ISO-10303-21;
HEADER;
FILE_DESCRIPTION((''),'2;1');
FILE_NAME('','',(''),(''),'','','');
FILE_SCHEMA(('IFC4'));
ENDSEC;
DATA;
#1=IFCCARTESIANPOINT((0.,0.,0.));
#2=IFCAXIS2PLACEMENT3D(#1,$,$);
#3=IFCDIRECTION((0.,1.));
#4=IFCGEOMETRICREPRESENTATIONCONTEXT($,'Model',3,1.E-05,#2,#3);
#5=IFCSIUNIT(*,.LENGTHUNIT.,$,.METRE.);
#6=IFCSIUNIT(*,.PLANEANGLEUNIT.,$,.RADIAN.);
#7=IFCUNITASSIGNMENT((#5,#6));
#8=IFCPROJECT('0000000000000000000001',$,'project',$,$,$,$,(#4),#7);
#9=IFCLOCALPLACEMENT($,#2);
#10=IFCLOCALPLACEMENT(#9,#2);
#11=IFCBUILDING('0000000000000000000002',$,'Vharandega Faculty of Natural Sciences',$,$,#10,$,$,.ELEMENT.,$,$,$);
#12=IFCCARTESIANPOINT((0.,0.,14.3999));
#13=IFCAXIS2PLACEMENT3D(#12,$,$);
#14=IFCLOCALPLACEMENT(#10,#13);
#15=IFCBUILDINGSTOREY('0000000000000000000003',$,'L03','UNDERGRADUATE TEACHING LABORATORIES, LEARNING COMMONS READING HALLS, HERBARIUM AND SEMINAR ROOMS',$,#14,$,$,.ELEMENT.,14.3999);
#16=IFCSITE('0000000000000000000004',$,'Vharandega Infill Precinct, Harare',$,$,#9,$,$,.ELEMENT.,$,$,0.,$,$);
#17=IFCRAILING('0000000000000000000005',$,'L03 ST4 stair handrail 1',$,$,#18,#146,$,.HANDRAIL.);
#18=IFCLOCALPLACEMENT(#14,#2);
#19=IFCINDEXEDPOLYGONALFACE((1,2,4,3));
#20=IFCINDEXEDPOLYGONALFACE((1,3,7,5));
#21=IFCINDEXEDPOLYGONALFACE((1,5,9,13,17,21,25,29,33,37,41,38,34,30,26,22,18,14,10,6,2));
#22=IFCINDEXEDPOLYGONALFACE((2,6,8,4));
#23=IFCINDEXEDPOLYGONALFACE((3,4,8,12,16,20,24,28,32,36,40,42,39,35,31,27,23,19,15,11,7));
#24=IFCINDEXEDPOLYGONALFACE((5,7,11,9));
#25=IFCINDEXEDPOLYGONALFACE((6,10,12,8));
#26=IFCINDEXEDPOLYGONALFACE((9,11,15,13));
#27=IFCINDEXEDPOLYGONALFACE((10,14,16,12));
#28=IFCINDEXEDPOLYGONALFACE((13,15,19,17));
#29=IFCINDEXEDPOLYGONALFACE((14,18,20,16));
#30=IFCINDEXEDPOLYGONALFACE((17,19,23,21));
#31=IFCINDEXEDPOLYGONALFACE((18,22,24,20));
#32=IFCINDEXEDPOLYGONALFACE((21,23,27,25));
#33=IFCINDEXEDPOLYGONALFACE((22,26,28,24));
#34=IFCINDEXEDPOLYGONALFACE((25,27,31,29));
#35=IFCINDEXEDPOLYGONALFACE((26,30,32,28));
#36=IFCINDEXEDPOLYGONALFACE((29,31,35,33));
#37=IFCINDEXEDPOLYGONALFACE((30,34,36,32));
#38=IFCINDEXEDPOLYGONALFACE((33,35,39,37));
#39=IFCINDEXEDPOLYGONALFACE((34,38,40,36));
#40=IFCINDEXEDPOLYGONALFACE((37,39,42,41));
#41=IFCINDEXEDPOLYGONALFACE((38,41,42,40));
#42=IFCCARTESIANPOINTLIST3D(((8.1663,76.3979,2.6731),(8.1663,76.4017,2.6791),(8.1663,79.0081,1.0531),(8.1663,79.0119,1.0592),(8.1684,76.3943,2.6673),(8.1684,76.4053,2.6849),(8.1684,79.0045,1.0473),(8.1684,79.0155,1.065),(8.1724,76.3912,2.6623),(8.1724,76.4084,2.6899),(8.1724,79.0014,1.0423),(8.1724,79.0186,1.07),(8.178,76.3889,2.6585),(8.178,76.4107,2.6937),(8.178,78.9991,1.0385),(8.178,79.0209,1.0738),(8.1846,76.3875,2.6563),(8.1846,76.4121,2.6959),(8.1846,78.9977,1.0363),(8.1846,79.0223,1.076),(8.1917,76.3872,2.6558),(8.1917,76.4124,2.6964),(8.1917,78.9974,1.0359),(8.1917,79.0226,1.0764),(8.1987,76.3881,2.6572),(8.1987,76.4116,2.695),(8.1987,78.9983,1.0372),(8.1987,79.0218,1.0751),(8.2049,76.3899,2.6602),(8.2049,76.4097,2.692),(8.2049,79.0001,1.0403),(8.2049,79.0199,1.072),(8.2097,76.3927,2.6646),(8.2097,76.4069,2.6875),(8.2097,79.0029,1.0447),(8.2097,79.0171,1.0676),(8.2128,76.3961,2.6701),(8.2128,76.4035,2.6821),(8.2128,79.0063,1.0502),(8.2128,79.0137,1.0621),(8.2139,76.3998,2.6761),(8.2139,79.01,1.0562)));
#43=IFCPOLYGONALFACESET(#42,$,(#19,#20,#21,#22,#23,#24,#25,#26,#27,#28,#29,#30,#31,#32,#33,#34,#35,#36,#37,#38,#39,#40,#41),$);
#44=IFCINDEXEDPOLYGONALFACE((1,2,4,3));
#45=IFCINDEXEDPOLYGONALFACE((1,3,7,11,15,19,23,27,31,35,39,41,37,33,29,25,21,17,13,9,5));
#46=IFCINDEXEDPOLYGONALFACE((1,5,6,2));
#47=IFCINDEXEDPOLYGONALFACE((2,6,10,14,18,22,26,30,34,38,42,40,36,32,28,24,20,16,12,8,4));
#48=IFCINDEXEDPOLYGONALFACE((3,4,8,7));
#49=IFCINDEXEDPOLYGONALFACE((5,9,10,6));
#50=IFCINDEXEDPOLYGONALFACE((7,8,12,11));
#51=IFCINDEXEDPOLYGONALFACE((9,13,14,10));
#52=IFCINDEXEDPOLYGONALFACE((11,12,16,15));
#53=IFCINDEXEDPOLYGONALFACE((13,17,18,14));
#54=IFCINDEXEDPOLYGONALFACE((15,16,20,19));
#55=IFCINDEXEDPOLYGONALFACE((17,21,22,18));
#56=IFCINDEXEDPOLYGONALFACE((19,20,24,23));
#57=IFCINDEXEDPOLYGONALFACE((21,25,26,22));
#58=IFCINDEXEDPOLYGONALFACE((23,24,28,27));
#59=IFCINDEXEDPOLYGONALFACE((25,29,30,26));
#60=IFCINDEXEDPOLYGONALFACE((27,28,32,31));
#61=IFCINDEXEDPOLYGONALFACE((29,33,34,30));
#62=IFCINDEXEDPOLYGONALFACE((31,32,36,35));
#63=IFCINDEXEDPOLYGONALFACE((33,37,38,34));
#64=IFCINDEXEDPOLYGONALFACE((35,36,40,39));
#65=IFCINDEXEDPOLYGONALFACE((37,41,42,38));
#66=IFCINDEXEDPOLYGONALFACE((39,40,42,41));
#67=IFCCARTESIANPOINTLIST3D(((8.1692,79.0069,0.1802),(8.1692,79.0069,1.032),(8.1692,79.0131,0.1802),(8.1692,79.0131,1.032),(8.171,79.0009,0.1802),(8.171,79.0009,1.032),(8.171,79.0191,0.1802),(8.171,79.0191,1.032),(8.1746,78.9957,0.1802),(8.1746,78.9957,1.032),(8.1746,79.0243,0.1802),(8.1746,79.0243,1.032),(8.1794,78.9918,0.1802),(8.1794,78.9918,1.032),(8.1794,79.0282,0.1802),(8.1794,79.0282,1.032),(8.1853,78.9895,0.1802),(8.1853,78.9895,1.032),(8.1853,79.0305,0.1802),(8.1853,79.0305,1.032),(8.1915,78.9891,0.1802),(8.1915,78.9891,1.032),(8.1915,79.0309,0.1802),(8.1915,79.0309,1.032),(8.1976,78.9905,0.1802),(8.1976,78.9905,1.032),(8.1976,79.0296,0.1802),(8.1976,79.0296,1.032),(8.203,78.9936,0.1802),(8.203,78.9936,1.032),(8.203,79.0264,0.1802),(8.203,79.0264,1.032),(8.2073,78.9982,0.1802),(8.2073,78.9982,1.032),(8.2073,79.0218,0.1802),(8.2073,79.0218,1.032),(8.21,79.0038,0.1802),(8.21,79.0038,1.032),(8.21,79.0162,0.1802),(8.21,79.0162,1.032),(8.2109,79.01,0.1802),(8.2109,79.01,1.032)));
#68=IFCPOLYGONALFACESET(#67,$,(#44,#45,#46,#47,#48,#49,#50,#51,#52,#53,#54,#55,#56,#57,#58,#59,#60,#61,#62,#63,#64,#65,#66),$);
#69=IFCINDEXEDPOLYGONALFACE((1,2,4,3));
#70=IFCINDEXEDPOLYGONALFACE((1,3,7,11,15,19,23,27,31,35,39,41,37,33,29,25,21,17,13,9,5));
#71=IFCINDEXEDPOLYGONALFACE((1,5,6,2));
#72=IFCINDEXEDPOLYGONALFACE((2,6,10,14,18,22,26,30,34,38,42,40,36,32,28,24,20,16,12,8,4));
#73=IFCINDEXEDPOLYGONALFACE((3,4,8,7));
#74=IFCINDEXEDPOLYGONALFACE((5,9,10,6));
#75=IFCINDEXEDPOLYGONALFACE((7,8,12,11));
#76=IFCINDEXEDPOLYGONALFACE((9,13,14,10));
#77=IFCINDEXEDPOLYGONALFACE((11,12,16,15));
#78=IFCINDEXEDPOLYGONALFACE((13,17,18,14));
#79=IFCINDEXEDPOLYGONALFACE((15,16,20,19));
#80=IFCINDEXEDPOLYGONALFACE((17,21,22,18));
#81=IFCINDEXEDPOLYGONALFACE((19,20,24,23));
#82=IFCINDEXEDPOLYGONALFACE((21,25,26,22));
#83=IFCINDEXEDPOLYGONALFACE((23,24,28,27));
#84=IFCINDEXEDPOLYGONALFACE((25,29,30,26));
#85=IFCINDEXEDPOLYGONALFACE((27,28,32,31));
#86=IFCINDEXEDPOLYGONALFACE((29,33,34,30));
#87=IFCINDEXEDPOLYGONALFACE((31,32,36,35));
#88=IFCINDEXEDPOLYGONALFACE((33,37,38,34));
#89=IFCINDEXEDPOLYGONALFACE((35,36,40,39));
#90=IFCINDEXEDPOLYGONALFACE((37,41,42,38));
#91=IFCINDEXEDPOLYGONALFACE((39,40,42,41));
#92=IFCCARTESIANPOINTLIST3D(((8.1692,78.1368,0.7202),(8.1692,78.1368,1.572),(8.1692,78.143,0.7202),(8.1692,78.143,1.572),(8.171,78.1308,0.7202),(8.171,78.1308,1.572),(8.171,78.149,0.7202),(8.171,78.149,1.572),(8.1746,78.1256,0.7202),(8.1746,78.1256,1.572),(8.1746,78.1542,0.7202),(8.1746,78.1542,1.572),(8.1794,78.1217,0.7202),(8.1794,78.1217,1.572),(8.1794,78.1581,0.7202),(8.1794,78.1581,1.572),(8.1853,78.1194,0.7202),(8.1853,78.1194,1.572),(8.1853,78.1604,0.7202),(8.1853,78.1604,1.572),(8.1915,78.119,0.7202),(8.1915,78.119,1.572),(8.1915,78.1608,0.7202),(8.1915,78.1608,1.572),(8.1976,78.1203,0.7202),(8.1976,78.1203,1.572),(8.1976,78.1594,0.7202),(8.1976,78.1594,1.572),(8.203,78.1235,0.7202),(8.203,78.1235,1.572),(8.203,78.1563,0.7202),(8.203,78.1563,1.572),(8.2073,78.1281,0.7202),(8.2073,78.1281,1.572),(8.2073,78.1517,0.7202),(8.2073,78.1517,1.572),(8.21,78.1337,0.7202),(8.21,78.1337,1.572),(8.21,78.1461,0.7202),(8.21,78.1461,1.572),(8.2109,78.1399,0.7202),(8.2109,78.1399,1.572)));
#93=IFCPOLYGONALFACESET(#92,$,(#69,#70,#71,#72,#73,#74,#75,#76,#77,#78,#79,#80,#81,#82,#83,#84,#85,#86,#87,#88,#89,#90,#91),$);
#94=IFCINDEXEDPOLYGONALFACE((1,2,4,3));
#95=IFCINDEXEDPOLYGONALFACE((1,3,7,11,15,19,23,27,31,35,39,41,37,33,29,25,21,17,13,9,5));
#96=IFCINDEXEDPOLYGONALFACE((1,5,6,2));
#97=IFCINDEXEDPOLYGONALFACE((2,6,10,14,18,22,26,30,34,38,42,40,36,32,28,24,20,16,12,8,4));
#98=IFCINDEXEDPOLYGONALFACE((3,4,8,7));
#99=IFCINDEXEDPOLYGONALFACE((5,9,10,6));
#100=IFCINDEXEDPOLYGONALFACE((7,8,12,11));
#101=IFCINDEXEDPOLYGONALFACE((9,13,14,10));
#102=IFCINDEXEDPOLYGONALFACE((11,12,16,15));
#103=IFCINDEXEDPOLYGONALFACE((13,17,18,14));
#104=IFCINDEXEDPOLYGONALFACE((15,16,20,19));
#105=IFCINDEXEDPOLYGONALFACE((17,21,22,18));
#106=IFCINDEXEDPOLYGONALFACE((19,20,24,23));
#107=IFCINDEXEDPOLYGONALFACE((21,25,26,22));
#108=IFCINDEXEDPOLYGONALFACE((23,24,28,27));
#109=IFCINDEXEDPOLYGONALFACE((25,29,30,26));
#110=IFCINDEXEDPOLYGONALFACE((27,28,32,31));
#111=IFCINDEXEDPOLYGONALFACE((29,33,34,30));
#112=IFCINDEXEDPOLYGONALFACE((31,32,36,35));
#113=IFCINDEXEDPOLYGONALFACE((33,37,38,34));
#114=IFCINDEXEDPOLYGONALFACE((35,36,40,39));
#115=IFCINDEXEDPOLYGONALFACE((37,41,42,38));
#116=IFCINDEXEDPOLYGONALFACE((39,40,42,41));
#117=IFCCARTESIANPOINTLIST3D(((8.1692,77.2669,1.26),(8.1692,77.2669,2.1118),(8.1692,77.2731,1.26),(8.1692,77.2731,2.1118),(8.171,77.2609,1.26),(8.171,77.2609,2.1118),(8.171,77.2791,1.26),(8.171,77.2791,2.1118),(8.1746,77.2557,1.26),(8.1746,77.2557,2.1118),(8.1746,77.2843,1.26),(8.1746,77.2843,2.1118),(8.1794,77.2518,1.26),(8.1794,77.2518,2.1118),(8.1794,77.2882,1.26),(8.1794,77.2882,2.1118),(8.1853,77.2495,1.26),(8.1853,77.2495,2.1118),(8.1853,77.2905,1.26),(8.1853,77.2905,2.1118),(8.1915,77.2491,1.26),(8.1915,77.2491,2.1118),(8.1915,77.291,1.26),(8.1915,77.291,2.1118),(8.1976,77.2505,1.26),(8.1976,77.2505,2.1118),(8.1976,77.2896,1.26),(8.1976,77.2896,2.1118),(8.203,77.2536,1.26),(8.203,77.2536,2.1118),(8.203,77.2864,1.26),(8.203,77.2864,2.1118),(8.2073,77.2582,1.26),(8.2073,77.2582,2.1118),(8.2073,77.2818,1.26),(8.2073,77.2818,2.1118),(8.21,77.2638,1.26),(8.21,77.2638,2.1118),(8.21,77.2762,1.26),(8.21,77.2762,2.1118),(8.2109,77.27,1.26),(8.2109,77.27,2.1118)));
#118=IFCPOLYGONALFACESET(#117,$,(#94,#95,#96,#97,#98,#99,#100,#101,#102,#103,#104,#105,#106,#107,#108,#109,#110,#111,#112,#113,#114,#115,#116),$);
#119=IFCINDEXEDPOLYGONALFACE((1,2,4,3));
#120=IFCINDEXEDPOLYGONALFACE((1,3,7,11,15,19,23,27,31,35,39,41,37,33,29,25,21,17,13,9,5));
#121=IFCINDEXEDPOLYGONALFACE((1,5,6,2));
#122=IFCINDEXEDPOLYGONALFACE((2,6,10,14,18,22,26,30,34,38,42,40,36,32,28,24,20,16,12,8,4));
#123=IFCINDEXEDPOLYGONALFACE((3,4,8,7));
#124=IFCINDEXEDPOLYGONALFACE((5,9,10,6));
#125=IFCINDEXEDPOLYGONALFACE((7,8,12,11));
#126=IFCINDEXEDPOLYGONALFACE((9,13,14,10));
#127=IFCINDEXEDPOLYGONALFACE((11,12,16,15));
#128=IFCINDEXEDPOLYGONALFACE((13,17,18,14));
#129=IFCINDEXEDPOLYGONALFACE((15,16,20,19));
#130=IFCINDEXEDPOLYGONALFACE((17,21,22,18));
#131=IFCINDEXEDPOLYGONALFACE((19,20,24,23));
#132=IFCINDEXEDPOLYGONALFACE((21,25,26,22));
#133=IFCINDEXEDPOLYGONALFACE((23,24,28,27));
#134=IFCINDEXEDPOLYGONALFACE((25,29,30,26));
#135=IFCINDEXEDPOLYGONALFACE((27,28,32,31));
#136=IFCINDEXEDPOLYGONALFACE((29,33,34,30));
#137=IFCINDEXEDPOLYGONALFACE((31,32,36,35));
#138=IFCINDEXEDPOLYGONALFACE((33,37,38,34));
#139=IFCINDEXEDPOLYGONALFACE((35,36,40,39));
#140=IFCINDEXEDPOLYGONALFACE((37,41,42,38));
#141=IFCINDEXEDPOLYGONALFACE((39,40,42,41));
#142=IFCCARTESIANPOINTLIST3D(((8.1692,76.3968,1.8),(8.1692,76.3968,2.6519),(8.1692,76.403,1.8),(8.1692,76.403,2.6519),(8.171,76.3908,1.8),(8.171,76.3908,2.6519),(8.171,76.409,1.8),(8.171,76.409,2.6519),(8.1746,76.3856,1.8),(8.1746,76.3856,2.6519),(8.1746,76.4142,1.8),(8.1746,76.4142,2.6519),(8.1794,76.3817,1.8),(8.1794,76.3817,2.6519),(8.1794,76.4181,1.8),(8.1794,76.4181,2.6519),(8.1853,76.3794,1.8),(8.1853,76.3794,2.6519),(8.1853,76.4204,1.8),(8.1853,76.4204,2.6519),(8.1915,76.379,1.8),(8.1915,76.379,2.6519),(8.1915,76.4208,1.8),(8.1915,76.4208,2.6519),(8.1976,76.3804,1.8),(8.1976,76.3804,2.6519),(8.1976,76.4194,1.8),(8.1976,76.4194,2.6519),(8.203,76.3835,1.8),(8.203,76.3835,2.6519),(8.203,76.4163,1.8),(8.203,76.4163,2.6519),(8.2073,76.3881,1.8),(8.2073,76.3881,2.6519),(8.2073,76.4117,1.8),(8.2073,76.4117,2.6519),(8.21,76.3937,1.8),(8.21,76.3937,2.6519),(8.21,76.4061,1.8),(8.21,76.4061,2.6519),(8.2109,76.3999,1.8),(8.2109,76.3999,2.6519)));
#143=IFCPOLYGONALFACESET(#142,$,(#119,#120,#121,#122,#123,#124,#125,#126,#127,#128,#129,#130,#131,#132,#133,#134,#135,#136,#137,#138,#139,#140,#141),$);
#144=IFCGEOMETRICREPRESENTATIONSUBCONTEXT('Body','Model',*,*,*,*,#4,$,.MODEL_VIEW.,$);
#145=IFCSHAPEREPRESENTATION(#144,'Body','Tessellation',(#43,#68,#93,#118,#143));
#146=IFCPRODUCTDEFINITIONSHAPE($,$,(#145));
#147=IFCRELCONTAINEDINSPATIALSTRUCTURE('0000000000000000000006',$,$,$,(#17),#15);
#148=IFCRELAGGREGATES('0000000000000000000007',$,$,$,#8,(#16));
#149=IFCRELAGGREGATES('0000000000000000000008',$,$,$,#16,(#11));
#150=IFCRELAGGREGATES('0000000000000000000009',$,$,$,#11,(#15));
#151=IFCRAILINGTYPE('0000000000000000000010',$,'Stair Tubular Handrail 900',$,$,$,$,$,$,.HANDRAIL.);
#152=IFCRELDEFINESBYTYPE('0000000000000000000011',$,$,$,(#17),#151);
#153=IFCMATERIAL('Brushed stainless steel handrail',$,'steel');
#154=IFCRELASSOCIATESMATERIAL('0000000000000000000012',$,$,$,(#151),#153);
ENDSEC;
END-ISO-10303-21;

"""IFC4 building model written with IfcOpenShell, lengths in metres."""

from ifc_helpers import new_model, si_unit, direction, frame, origin, origin_2d, place, context, subcontext, project, spatial, circle, extrude, material, type_object, element, save


model = new_model("IFC4")

# Units and contexts
model_context = context("Model", 3, precision=1e-05, world=origin(), true_north=direction((0.0, 1.0)))
body_context = subcontext(model_context, "Body", "Model", "MODEL_VIEW")
ifc_project = project(units=[si_unit("LENGTHUNIT", "METRE"), si_unit("PLANEANGLEUNIT", "RADIAN")], contexts=[model_context])

# Site, building, storey
site_placement = place(None, origin())
site = spatial("IfcSite", under=ifc_project, at=site_placement, Name="Vharandega Infill Precinct, Harare", CompositionType="ELEMENT", RefElevation=0.0)
building_placement = place(site_placement, origin())
building = spatial("IfcBuilding", under=site, at=building_placement, Name="Vharandega Faculty of Natural Sciences", CompositionType="ELEMENT")
storey_placement = place(building_placement, frame((0.0, 0.0, 14.3999)))
storey = spatial("IfcBuildingStorey", under=building, at=storey_placement, Name="L03", Description="UNDERGRADUATE TEACHING LABORATORIES, LEARNING COMMONS READING HALLS, HERBARIUM AND SEMINAR ROOMS", CompositionType="ELEMENT", Elevation=14.3999)

# Railing
ifc_material_1 = material(Name="Brushed stainless steel handrail", Category="steel")
railing_type_1 = type_object("IfcRailingType", Name="Stair Tubular Handrail 900", PredefinedType="HANDRAIL", material=ifc_material_1)
railing_1_placement = place(storey_placement, frame((8.1899, 79.01, 0.1802)))
element("IfcRailing", 1, at=railing_1_placement, inside=storey, type_object=railing_type_1, Name="L03 ST4 stair handrail 1", PredefinedType="HANDRAIL", context=body_context, shape_type="SweptSolid", body=[
    extrude(circle(Radius=0.0239, at=origin_2d()), frame((0.0, 0.0, 0.876), z_axis=(0.0, -0.849668, 0.527317), x_axis=(1.0, 0.0, 0.0)), (0.0, 0.0, 1.0), 3.072),
    extrude(circle(Radius=0.021, at=origin_2d()), origin(), (0.0, 0.0, 1.0), 0.8518),
    extrude(circle(Radius=0.021, at=origin_2d()), frame((0.0, -0.8701, 0.54)), (0.0, 0.0, 1.0), 0.8518),
    extrude(circle(Radius=0.021, at=origin_2d()), frame((0.0, -1.74, 1.0798)), (0.0, 0.0, 1.0), 0.8518),
    extrude(circle(Radius=0.021, at=origin_2d()), frame((0.0, -2.6101, 1.6199)), (0.0, 0.0, 1.0), 0.8518),
])

save(model, "model.ifc")
